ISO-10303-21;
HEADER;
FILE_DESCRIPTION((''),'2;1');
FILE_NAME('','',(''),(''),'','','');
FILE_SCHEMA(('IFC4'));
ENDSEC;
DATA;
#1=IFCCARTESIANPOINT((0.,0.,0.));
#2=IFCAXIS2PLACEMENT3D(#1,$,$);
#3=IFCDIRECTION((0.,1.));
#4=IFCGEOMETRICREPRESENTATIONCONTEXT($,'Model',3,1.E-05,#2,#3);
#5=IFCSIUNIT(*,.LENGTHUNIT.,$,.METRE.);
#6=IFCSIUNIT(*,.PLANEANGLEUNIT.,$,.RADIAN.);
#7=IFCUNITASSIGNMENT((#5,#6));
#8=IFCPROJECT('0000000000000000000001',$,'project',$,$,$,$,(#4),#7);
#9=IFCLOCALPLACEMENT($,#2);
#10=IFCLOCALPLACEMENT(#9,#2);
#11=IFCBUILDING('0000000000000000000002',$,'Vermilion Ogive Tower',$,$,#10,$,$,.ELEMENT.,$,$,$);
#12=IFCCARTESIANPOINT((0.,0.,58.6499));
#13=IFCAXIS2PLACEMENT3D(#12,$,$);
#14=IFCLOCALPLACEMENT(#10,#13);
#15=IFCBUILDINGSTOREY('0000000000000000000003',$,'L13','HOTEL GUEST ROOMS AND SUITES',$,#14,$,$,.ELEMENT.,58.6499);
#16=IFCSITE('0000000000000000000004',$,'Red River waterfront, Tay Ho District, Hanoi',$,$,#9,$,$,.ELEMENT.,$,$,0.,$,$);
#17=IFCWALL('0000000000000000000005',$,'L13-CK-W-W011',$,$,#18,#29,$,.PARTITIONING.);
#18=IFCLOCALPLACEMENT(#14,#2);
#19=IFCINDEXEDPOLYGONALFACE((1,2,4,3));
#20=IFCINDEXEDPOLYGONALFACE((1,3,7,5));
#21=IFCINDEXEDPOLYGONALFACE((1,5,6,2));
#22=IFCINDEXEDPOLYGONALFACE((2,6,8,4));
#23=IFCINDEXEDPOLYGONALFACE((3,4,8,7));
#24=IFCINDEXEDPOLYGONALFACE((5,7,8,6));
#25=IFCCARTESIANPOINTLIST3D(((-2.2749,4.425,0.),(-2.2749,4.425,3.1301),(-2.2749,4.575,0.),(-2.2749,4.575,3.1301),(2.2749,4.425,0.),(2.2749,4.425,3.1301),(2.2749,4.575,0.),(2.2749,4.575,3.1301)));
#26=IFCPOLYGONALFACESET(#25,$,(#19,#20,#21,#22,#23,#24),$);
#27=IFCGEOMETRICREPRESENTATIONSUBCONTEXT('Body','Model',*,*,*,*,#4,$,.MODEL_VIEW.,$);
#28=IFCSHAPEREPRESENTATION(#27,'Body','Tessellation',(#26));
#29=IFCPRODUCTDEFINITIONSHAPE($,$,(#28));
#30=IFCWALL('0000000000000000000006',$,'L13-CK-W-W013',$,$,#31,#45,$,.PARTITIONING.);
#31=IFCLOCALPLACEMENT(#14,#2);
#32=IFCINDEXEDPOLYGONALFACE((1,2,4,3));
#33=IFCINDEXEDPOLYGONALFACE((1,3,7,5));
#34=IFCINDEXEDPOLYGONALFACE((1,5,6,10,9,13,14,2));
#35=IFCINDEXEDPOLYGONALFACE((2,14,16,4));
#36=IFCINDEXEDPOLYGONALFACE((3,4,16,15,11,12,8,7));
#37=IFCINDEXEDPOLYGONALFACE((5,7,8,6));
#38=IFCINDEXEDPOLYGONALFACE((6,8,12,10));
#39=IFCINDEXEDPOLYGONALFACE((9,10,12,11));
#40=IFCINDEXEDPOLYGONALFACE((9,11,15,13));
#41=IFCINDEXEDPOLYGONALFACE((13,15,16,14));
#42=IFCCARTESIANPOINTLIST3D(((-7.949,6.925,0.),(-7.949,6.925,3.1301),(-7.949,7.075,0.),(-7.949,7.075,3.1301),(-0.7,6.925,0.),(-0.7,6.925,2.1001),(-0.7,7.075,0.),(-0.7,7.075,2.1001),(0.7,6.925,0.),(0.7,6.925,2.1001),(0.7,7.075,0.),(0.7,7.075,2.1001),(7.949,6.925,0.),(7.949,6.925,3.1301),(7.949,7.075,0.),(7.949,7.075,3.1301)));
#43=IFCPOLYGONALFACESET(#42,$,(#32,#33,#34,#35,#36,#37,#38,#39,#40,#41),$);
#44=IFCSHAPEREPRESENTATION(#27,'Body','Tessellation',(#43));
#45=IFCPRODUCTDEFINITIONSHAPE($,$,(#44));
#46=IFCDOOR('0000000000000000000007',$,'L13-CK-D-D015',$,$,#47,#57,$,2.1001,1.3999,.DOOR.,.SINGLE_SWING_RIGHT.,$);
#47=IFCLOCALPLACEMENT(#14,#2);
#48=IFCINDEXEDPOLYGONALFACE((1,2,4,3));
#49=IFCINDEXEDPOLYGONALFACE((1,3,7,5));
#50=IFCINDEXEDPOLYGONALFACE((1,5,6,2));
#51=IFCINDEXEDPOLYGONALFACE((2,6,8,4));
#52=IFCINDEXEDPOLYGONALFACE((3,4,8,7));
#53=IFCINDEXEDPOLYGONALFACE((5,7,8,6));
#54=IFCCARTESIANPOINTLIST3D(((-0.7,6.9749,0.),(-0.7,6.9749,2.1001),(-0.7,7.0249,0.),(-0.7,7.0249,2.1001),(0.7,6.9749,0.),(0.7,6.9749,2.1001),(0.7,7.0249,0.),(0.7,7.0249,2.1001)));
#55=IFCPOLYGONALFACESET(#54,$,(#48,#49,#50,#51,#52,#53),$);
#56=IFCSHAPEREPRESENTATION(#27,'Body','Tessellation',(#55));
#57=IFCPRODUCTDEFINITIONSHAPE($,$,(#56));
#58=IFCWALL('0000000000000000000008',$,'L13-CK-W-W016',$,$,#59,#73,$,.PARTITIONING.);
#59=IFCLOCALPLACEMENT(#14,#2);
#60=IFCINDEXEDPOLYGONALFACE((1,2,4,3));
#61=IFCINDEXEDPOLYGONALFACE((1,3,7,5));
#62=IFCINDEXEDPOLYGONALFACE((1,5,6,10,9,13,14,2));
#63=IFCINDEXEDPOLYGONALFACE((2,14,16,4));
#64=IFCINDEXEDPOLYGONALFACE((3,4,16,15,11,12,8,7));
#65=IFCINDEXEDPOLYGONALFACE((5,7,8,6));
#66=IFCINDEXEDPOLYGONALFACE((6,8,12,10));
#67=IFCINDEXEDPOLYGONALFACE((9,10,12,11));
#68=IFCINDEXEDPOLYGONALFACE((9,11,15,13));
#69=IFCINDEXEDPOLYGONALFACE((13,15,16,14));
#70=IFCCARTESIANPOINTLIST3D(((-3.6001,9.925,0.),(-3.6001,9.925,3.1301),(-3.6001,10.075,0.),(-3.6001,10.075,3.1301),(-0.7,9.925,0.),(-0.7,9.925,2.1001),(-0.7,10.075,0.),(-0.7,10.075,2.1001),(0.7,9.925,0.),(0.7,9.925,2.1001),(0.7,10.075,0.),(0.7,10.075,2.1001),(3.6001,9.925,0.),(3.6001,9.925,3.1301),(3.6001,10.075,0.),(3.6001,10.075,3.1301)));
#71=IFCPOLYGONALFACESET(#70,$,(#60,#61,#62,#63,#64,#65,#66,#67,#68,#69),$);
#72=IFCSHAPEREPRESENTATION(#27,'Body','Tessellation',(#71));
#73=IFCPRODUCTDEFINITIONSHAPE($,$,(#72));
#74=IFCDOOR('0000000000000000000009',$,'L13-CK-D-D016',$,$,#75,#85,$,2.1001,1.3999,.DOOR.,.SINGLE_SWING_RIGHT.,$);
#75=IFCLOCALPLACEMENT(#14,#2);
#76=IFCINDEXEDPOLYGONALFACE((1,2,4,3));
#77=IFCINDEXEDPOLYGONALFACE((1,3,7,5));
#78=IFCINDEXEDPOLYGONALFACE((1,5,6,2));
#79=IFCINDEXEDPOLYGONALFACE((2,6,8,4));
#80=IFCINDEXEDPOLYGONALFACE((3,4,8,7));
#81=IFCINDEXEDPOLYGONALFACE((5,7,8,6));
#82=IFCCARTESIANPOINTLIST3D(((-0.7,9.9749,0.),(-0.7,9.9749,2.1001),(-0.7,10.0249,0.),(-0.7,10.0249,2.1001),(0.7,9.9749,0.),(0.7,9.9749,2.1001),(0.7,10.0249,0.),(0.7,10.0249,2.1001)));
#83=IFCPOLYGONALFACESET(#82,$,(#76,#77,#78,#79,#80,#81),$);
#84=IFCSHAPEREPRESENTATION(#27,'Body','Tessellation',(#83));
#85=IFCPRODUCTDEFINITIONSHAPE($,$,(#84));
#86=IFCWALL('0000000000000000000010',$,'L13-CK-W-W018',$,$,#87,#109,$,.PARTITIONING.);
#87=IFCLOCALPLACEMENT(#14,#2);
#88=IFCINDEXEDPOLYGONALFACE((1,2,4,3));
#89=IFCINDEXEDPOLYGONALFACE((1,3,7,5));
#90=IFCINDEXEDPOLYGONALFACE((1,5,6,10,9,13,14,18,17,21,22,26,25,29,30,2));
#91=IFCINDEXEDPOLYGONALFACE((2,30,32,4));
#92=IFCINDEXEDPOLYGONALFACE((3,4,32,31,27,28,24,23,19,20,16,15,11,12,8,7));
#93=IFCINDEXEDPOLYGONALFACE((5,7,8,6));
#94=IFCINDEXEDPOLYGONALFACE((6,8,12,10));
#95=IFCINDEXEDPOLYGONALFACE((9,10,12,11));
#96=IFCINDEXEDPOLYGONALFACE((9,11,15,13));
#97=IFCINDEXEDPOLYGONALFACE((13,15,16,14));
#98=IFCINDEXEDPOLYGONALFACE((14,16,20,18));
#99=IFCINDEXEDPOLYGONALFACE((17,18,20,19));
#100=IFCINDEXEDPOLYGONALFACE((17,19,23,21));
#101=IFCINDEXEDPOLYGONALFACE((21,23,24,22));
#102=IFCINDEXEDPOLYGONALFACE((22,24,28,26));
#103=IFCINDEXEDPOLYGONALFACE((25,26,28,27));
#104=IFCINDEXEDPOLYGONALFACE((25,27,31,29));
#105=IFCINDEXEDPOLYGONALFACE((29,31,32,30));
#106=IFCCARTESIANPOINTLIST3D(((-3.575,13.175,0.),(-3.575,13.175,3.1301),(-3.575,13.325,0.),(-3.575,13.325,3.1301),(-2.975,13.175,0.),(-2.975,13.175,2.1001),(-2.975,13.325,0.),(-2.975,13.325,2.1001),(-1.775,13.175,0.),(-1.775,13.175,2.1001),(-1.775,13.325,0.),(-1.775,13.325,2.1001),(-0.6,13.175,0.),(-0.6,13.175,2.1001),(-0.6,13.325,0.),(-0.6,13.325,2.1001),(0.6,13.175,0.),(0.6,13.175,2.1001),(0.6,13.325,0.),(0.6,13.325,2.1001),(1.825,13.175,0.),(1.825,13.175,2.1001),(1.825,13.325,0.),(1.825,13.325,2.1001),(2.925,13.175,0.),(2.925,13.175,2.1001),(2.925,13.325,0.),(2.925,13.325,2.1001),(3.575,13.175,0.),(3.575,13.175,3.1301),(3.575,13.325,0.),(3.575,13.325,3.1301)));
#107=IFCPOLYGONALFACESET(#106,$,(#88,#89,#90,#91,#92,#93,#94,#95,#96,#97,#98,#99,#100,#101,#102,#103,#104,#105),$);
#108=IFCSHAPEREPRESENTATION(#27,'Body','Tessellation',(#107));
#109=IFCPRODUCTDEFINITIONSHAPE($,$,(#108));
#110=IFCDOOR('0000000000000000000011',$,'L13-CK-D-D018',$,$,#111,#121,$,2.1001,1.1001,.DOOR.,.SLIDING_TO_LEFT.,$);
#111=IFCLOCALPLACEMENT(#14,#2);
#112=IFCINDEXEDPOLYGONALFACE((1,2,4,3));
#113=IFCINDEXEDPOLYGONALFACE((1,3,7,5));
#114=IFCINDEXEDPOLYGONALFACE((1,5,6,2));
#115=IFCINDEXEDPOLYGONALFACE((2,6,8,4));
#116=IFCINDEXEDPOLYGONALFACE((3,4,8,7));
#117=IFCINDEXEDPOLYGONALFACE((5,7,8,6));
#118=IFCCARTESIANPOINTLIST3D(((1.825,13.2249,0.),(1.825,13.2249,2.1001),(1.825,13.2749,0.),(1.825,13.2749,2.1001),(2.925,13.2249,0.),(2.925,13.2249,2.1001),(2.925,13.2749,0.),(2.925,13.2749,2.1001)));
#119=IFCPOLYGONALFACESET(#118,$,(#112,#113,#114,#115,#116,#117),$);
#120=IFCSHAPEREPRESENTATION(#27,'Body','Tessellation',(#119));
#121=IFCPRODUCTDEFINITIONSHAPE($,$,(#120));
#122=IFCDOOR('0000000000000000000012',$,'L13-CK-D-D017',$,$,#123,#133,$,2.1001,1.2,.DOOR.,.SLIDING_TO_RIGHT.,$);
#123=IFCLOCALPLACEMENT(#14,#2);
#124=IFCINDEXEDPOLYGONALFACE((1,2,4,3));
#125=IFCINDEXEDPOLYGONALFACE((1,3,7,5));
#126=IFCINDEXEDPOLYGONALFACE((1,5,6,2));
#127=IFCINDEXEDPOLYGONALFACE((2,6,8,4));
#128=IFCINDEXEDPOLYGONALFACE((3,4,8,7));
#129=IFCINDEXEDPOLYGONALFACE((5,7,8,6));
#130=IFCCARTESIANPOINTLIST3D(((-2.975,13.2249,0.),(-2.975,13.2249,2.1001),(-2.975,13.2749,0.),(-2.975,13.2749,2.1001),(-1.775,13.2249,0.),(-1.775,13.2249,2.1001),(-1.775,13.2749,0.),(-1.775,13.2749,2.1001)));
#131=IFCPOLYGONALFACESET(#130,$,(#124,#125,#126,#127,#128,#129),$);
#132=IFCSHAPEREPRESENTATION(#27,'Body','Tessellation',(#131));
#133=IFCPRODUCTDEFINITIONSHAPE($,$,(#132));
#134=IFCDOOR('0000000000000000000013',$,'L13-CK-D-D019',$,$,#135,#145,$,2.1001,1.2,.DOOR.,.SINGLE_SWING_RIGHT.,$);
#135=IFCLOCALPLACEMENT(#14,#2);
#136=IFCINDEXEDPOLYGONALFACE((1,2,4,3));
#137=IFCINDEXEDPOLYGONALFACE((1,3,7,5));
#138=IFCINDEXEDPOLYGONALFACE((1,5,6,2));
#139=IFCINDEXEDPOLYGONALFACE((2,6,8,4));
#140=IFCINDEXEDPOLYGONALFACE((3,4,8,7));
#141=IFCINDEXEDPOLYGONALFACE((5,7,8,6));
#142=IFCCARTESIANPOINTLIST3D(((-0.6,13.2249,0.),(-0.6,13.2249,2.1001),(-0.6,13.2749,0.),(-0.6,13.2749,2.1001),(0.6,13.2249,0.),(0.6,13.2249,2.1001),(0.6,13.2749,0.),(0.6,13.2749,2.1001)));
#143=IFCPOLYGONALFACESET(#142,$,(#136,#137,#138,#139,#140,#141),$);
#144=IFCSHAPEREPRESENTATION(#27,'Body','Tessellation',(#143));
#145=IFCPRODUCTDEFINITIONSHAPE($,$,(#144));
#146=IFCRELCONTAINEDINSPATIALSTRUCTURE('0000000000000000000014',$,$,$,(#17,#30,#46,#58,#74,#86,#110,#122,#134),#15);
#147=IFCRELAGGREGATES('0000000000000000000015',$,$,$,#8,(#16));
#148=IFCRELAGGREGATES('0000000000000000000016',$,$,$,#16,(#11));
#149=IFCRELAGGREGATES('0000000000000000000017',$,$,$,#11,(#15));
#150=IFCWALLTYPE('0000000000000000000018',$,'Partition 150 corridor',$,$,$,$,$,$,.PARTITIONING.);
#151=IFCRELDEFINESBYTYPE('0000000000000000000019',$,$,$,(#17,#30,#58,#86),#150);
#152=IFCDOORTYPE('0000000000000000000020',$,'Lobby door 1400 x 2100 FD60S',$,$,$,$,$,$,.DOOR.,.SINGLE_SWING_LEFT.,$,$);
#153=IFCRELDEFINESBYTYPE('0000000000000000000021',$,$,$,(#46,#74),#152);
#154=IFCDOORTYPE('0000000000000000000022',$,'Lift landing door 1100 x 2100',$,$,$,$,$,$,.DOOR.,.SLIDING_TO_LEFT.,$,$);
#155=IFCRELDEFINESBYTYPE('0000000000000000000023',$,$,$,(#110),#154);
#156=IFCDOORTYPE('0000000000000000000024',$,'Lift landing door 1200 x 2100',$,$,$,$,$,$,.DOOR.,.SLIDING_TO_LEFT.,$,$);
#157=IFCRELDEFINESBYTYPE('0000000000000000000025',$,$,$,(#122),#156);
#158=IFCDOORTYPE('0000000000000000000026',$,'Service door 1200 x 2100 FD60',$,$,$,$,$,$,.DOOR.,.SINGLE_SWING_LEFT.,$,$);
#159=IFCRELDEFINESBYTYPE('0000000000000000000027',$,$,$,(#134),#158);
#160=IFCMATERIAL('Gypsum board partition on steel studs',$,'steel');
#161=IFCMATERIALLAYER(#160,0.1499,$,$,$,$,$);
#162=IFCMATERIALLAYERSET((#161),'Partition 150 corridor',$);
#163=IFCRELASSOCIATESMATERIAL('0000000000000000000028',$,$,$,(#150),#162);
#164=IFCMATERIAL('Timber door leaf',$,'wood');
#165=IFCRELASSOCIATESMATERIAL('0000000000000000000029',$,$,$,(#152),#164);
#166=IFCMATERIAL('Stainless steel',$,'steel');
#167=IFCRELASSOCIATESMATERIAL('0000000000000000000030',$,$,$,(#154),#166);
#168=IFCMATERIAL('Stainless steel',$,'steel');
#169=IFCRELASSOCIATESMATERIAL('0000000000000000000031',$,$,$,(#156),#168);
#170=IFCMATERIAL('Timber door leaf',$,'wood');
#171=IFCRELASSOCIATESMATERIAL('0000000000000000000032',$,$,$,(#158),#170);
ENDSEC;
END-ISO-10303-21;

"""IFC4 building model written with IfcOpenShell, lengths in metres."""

from ifc_helpers import new_model, si_unit, direction, frame, frame_2d, origin, place, context, subcontext, project, spatial, rectangle, extrude, material, layer, layer_set, type_object, element, fill, save


model = new_model("IFC4")

# Units and contexts
model_context = context("Model", 3, precision=1e-05, world=origin(), true_north=direction((0.0, 1.0)))
body_context = subcontext(model_context, "Body", "Model", "MODEL_VIEW")
ifc_project = project(units=[si_unit("LENGTHUNIT", "METRE"), si_unit("PLANEANGLEUNIT", "RADIAN")], contexts=[model_context])

# Site, building, storey
site_placement = place(None, origin())
site = spatial("IfcSite", under=ifc_project, at=site_placement, Name="Red River waterfront, Tay Ho District, Hanoi", CompositionType="ELEMENT", RefElevation=0.0)
building_placement = place(site_placement, origin())
building = spatial("IfcBuilding", under=site, at=building_placement, Name="Vermilion Ogive Tower", CompositionType="ELEMENT")
storey_placement = place(building_placement, frame((0.0, 0.0, 58.6499)))
storey = spatial("IfcBuildingStorey", under=building, at=storey_placement, Name="L13", Description="HOTEL GUEST ROOMS AND SUITES", CompositionType="ELEMENT", Elevation=58.6499)

# Wall
ifc_material_1 = material(Name="Gypsum board partition on steel studs", Category="steel")
ifc_layer_1 = layer(ifc_material_1, 0.1499)
ifc_layer_set_1 = layer_set([ifc_layer_1], Name="Partition 150 corridor")
wall_type_1 = type_object("IfcWallType", Name="Partition 150 corridor", PredefinedType="PARTITIONING", material=ifc_layer_set_1)
wall_1_placement = place(storey_placement, frame((-2.2749, 4.5, 0.0), z_axis=(0.0, 0.0, 1.0), x_axis=(1.0, 0.0, 0.0)))
element("IfcWall", 1, at=wall_1_placement, inside=storey, type_object=wall_type_1, Name="L13-CK-W-W011", PredefinedType="PARTITIONING", context=body_context, shape_type="SweptSolid", body=[
    extrude(rectangle(XDim=4.5498, YDim=0.1499, at=frame_2d((2.2749, 0.0))), origin(), (0.0, 0.0, 1.0), 3.1301),
])

# Walls, openings, doors
wall_2_placement = place(storey_placement, frame((-7.949, 7.0, 0.0), z_axis=(0.0, 0.0, 1.0), x_axis=(1.0, 0.0, 0.0)))
wall_2 = element("IfcWall", 2, at=wall_2_placement, inside=storey, type_object=wall_type_1, Name="L13-CK-W-W013", PredefinedType="PARTITIONING", context=body_context, shape_type="SweptSolid", body=[
    extrude(rectangle(XDim=15.8979, YDim=0.1499, at=frame_2d((7.949, 0.0))), origin(), (0.0, 0.0, 1.0), 3.1301),
])
opening_1_placement = place(wall_2_placement, frame((7.249, 0.0, 0.0)))
opening_1 = element("IfcOpeningElement", 3, at=opening_1_placement, cuts=wall_2, PredefinedType="OPENING", context=body_context, shape_type="SweptSolid", body=[
    extrude(rectangle(XDim=1.3999, YDim=2.1001, at=frame_2d((0.7, 1.05))), frame((0.0, 0.085, 0.0), z_axis=(0.0, -1.0, 0.0), x_axis=(1.0, 0.0, 0.0)), (0.0, 0.0, 1.0), 0.1699),
])
ifc_material_2 = material(Name="Timber door leaf", Category="wood")
door_type_1 = type_object("IfcDoorType", Name="Lobby door 1400 x 2100 FD60S", OperationType="SINGLE_SWING_LEFT", PredefinedType="DOOR", material=ifc_material_2)
door_1_placement = place(opening_1_placement, origin())
door_1 = element("IfcDoor", 4, at=door_1_placement, inside=storey, type_object=door_type_1, Name="L13-CK-D-D015", OperationType="SINGLE_SWING_RIGHT", OverallHeight=2.1001, OverallWidth=1.3999, PredefinedType="DOOR", context=body_context, shape_type="SweptSolid", body=[
    extrude(rectangle(XDim=1.3999, YDim=2.1001, at=frame_2d((0.7, 1.05))), frame((0.0, 0.0249, 0.0), z_axis=(0.0, -1.0, 0.0), x_axis=(1.0, 0.0, 0.0)), (0.0, 0.0, 1.0), 0.05),
])
fill(opening_1, door_1)
wall_3_placement = place(storey_placement, frame((-3.6001, 10.0, 0.0), z_axis=(0.0, 0.0, 1.0), x_axis=(1.0, 0.0, 0.0)))
wall_3 = element("IfcWall", 5, at=wall_3_placement, inside=storey, type_object=wall_type_1, Name="L13-CK-W-W016", PredefinedType="PARTITIONING", context=body_context, shape_type="SweptSolid", body=[
    extrude(rectangle(XDim=7.2002, YDim=0.1499, at=frame_2d((3.6001, 0.0))), origin(), (0.0, 0.0, 1.0), 3.1301),
])
opening_2_placement = place(wall_3_placement, frame((2.9001, 0.0, 0.0)))
opening_2 = element("IfcOpeningElement", 6, at=opening_2_placement, cuts=wall_3, PredefinedType="OPENING", context=body_context, shape_type="SweptSolid", body=[
    extrude(rectangle(XDim=1.3999, YDim=2.1001, at=frame_2d((0.7, 1.05))), frame((0.0, 0.085, 0.0), z_axis=(0.0, -1.0, 0.0), x_axis=(1.0, 0.0, 0.0)), (0.0, 0.0, 1.0), 0.1699),
])
door_2_placement = place(opening_2_placement, origin())
door_2 = element("IfcDoor", 7, at=door_2_placement, inside=storey, type_object=door_type_1, Name="L13-CK-D-D016", OperationType="SINGLE_SWING_RIGHT", OverallHeight=2.1001, OverallWidth=1.3999, PredefinedType="DOOR", context=body_context, shape_type="SweptSolid", body=[
    extrude(rectangle(XDim=1.3999, YDim=2.1001, at=frame_2d((0.7, 1.05))), frame((0.0, 0.0249, 0.0), z_axis=(0.0, -1.0, 0.0), x_axis=(1.0, 0.0, 0.0)), (0.0, 0.0, 1.0), 0.05),
])
fill(opening_2, door_2)

# Wall, openings, doors
wall_4_placement = place(storey_placement, frame((-3.575, 13.25, 0.0), z_axis=(0.0, 0.0, 1.0), x_axis=(1.0, 0.0, 0.0)))
wall_4 = element("IfcWall", 8, at=wall_4_placement, inside=storey, type_object=wall_type_1, Name="L13-CK-W-W018", PredefinedType="PARTITIONING", context=body_context, shape_type="SweptSolid", body=[
    extrude(rectangle(XDim=7.1499, YDim=0.1499, at=frame_2d((3.575, 0.0))), origin(), (0.0, 0.0, 1.0), 3.1301),
])
opening_3_placement = place(wall_4_placement, frame((0.5999, 0.0, 0.0)))
opening_3 = element("IfcOpeningElement", 9, at=opening_3_placement, cuts=wall_4, PredefinedType="OPENING", context=body_context, shape_type="SweptSolid", body=[
    extrude(rectangle(XDim=1.2, YDim=2.1001, at=frame_2d((0.6001, 1.05))), frame((0.0, 0.085, 0.0), z_axis=(0.0, -1.0, 0.0), x_axis=(1.0, 0.0, 0.0)), (0.0, 0.0, 1.0), 0.1699),
])
opening_4_placement = place(wall_4_placement, frame((5.3999, 0.0, 0.0)))
opening_4 = element("IfcOpeningElement", 10, at=opening_4_placement, cuts=wall_4, PredefinedType="OPENING", context=body_context, shape_type="SweptSolid", body=[
    extrude(rectangle(XDim=1.1001, YDim=2.1001, at=frame_2d((0.55, 1.05))), frame((0.0, 0.085, 0.0), z_axis=(0.0, -1.0, 0.0), x_axis=(1.0, 0.0, 0.0)), (0.0, 0.0, 1.0), 0.1699),
])
opening_5_placement = place(wall_4_placement, frame((2.9749, 0.0, 0.0)))
opening_5 = element("IfcOpeningElement", 11, at=opening_5_placement, cuts=wall_4, PredefinedType="OPENING", context=body_context, shape_type="SweptSolid", body=[
    extrude(rectangle(XDim=1.2, YDim=2.1001, at=frame_2d((0.6001, 1.05))), frame((0.0, 0.085, 0.0), z_axis=(0.0, -1.0, 0.0), x_axis=(1.0, 0.0, 0.0)), (0.0, 0.0, 1.0), 0.1699),
])
ifc_material_3 = material(Name="Stainless steel", Category="steel")
door_type_2 = type_object("IfcDoorType", Name="Lift landing door 1100 x 2100", OperationType="SLIDING_TO_LEFT", PredefinedType="DOOR", material=ifc_material_3)
door_3_placement = place(opening_4_placement, origin())
door_3 = element("IfcDoor", 12, at=door_3_placement, inside=storey, type_object=door_type_2, Name="L13-CK-D-D018", OperationType="SLIDING_TO_LEFT", OverallHeight=2.1001, OverallWidth=1.1001, PredefinedType="DOOR", context=body_context, shape_type="SweptSolid", body=[
    extrude(rectangle(XDim=1.1001, YDim=2.1001, at=frame_2d((0.55, 1.05))), frame((0.0, 0.0249, 0.0), z_axis=(0.0, -1.0, 0.0), x_axis=(1.0, 0.0, 0.0)), (0.0, 0.0, 1.0), 0.05),
])
fill(opening_4, door_3)
ifc_material_4 = material(Name="Stainless steel", Category="steel")
door_type_3 = type_object("IfcDoorType", Name="Lift landing door 1200 x 2100", OperationType="SLIDING_TO_LEFT", PredefinedType="DOOR", material=ifc_material_4)
door_4_placement = place(opening_3_placement, origin())
door_4 = element("IfcDoor", 13, at=door_4_placement, inside=storey, type_object=door_type_3, Name="L13-CK-D-D017", OperationType="SLIDING_TO_RIGHT", OverallHeight=2.1001, OverallWidth=1.2, PredefinedType="DOOR", context=body_context, shape_type="SweptSolid", body=[
    extrude(rectangle(XDim=1.2, YDim=2.1001, at=frame_2d((0.6001, 1.05))), frame((0.0, 0.0249, 0.0), z_axis=(0.0, -1.0, 0.0), x_axis=(1.0, 0.0, 0.0)), (0.0, 0.0, 1.0), 0.05),
])
fill(opening_3, door_4)
ifc_material_5 = material(Name="Timber door leaf", Category="wood")
door_type_4 = type_object("IfcDoorType", Name="Service door 1200 x 2100 FD60", OperationType="SINGLE_SWING_LEFT", PredefinedType="DOOR", material=ifc_material_5)
door_5_placement = place(opening_5_placement, origin())
door_5 = element("IfcDoor", 14, at=door_5_placement, inside=storey, type_object=door_type_4, Name="L13-CK-D-D019", OperationType="SINGLE_SWING_RIGHT", OverallHeight=2.1001, OverallWidth=1.2, PredefinedType="DOOR", context=body_context, shape_type="SweptSolid", body=[
    extrude(rectangle(XDim=1.2, YDim=2.1001, at=frame_2d((0.6001, 1.05))), frame((0.0, 0.0249, 0.0), z_axis=(0.0, -1.0, 0.0), x_axis=(1.0, 0.0, 0.0)), (0.0, 0.0, 1.0), 0.05),
])
fill(opening_5, door_5)

save(model, "model.ifc")
